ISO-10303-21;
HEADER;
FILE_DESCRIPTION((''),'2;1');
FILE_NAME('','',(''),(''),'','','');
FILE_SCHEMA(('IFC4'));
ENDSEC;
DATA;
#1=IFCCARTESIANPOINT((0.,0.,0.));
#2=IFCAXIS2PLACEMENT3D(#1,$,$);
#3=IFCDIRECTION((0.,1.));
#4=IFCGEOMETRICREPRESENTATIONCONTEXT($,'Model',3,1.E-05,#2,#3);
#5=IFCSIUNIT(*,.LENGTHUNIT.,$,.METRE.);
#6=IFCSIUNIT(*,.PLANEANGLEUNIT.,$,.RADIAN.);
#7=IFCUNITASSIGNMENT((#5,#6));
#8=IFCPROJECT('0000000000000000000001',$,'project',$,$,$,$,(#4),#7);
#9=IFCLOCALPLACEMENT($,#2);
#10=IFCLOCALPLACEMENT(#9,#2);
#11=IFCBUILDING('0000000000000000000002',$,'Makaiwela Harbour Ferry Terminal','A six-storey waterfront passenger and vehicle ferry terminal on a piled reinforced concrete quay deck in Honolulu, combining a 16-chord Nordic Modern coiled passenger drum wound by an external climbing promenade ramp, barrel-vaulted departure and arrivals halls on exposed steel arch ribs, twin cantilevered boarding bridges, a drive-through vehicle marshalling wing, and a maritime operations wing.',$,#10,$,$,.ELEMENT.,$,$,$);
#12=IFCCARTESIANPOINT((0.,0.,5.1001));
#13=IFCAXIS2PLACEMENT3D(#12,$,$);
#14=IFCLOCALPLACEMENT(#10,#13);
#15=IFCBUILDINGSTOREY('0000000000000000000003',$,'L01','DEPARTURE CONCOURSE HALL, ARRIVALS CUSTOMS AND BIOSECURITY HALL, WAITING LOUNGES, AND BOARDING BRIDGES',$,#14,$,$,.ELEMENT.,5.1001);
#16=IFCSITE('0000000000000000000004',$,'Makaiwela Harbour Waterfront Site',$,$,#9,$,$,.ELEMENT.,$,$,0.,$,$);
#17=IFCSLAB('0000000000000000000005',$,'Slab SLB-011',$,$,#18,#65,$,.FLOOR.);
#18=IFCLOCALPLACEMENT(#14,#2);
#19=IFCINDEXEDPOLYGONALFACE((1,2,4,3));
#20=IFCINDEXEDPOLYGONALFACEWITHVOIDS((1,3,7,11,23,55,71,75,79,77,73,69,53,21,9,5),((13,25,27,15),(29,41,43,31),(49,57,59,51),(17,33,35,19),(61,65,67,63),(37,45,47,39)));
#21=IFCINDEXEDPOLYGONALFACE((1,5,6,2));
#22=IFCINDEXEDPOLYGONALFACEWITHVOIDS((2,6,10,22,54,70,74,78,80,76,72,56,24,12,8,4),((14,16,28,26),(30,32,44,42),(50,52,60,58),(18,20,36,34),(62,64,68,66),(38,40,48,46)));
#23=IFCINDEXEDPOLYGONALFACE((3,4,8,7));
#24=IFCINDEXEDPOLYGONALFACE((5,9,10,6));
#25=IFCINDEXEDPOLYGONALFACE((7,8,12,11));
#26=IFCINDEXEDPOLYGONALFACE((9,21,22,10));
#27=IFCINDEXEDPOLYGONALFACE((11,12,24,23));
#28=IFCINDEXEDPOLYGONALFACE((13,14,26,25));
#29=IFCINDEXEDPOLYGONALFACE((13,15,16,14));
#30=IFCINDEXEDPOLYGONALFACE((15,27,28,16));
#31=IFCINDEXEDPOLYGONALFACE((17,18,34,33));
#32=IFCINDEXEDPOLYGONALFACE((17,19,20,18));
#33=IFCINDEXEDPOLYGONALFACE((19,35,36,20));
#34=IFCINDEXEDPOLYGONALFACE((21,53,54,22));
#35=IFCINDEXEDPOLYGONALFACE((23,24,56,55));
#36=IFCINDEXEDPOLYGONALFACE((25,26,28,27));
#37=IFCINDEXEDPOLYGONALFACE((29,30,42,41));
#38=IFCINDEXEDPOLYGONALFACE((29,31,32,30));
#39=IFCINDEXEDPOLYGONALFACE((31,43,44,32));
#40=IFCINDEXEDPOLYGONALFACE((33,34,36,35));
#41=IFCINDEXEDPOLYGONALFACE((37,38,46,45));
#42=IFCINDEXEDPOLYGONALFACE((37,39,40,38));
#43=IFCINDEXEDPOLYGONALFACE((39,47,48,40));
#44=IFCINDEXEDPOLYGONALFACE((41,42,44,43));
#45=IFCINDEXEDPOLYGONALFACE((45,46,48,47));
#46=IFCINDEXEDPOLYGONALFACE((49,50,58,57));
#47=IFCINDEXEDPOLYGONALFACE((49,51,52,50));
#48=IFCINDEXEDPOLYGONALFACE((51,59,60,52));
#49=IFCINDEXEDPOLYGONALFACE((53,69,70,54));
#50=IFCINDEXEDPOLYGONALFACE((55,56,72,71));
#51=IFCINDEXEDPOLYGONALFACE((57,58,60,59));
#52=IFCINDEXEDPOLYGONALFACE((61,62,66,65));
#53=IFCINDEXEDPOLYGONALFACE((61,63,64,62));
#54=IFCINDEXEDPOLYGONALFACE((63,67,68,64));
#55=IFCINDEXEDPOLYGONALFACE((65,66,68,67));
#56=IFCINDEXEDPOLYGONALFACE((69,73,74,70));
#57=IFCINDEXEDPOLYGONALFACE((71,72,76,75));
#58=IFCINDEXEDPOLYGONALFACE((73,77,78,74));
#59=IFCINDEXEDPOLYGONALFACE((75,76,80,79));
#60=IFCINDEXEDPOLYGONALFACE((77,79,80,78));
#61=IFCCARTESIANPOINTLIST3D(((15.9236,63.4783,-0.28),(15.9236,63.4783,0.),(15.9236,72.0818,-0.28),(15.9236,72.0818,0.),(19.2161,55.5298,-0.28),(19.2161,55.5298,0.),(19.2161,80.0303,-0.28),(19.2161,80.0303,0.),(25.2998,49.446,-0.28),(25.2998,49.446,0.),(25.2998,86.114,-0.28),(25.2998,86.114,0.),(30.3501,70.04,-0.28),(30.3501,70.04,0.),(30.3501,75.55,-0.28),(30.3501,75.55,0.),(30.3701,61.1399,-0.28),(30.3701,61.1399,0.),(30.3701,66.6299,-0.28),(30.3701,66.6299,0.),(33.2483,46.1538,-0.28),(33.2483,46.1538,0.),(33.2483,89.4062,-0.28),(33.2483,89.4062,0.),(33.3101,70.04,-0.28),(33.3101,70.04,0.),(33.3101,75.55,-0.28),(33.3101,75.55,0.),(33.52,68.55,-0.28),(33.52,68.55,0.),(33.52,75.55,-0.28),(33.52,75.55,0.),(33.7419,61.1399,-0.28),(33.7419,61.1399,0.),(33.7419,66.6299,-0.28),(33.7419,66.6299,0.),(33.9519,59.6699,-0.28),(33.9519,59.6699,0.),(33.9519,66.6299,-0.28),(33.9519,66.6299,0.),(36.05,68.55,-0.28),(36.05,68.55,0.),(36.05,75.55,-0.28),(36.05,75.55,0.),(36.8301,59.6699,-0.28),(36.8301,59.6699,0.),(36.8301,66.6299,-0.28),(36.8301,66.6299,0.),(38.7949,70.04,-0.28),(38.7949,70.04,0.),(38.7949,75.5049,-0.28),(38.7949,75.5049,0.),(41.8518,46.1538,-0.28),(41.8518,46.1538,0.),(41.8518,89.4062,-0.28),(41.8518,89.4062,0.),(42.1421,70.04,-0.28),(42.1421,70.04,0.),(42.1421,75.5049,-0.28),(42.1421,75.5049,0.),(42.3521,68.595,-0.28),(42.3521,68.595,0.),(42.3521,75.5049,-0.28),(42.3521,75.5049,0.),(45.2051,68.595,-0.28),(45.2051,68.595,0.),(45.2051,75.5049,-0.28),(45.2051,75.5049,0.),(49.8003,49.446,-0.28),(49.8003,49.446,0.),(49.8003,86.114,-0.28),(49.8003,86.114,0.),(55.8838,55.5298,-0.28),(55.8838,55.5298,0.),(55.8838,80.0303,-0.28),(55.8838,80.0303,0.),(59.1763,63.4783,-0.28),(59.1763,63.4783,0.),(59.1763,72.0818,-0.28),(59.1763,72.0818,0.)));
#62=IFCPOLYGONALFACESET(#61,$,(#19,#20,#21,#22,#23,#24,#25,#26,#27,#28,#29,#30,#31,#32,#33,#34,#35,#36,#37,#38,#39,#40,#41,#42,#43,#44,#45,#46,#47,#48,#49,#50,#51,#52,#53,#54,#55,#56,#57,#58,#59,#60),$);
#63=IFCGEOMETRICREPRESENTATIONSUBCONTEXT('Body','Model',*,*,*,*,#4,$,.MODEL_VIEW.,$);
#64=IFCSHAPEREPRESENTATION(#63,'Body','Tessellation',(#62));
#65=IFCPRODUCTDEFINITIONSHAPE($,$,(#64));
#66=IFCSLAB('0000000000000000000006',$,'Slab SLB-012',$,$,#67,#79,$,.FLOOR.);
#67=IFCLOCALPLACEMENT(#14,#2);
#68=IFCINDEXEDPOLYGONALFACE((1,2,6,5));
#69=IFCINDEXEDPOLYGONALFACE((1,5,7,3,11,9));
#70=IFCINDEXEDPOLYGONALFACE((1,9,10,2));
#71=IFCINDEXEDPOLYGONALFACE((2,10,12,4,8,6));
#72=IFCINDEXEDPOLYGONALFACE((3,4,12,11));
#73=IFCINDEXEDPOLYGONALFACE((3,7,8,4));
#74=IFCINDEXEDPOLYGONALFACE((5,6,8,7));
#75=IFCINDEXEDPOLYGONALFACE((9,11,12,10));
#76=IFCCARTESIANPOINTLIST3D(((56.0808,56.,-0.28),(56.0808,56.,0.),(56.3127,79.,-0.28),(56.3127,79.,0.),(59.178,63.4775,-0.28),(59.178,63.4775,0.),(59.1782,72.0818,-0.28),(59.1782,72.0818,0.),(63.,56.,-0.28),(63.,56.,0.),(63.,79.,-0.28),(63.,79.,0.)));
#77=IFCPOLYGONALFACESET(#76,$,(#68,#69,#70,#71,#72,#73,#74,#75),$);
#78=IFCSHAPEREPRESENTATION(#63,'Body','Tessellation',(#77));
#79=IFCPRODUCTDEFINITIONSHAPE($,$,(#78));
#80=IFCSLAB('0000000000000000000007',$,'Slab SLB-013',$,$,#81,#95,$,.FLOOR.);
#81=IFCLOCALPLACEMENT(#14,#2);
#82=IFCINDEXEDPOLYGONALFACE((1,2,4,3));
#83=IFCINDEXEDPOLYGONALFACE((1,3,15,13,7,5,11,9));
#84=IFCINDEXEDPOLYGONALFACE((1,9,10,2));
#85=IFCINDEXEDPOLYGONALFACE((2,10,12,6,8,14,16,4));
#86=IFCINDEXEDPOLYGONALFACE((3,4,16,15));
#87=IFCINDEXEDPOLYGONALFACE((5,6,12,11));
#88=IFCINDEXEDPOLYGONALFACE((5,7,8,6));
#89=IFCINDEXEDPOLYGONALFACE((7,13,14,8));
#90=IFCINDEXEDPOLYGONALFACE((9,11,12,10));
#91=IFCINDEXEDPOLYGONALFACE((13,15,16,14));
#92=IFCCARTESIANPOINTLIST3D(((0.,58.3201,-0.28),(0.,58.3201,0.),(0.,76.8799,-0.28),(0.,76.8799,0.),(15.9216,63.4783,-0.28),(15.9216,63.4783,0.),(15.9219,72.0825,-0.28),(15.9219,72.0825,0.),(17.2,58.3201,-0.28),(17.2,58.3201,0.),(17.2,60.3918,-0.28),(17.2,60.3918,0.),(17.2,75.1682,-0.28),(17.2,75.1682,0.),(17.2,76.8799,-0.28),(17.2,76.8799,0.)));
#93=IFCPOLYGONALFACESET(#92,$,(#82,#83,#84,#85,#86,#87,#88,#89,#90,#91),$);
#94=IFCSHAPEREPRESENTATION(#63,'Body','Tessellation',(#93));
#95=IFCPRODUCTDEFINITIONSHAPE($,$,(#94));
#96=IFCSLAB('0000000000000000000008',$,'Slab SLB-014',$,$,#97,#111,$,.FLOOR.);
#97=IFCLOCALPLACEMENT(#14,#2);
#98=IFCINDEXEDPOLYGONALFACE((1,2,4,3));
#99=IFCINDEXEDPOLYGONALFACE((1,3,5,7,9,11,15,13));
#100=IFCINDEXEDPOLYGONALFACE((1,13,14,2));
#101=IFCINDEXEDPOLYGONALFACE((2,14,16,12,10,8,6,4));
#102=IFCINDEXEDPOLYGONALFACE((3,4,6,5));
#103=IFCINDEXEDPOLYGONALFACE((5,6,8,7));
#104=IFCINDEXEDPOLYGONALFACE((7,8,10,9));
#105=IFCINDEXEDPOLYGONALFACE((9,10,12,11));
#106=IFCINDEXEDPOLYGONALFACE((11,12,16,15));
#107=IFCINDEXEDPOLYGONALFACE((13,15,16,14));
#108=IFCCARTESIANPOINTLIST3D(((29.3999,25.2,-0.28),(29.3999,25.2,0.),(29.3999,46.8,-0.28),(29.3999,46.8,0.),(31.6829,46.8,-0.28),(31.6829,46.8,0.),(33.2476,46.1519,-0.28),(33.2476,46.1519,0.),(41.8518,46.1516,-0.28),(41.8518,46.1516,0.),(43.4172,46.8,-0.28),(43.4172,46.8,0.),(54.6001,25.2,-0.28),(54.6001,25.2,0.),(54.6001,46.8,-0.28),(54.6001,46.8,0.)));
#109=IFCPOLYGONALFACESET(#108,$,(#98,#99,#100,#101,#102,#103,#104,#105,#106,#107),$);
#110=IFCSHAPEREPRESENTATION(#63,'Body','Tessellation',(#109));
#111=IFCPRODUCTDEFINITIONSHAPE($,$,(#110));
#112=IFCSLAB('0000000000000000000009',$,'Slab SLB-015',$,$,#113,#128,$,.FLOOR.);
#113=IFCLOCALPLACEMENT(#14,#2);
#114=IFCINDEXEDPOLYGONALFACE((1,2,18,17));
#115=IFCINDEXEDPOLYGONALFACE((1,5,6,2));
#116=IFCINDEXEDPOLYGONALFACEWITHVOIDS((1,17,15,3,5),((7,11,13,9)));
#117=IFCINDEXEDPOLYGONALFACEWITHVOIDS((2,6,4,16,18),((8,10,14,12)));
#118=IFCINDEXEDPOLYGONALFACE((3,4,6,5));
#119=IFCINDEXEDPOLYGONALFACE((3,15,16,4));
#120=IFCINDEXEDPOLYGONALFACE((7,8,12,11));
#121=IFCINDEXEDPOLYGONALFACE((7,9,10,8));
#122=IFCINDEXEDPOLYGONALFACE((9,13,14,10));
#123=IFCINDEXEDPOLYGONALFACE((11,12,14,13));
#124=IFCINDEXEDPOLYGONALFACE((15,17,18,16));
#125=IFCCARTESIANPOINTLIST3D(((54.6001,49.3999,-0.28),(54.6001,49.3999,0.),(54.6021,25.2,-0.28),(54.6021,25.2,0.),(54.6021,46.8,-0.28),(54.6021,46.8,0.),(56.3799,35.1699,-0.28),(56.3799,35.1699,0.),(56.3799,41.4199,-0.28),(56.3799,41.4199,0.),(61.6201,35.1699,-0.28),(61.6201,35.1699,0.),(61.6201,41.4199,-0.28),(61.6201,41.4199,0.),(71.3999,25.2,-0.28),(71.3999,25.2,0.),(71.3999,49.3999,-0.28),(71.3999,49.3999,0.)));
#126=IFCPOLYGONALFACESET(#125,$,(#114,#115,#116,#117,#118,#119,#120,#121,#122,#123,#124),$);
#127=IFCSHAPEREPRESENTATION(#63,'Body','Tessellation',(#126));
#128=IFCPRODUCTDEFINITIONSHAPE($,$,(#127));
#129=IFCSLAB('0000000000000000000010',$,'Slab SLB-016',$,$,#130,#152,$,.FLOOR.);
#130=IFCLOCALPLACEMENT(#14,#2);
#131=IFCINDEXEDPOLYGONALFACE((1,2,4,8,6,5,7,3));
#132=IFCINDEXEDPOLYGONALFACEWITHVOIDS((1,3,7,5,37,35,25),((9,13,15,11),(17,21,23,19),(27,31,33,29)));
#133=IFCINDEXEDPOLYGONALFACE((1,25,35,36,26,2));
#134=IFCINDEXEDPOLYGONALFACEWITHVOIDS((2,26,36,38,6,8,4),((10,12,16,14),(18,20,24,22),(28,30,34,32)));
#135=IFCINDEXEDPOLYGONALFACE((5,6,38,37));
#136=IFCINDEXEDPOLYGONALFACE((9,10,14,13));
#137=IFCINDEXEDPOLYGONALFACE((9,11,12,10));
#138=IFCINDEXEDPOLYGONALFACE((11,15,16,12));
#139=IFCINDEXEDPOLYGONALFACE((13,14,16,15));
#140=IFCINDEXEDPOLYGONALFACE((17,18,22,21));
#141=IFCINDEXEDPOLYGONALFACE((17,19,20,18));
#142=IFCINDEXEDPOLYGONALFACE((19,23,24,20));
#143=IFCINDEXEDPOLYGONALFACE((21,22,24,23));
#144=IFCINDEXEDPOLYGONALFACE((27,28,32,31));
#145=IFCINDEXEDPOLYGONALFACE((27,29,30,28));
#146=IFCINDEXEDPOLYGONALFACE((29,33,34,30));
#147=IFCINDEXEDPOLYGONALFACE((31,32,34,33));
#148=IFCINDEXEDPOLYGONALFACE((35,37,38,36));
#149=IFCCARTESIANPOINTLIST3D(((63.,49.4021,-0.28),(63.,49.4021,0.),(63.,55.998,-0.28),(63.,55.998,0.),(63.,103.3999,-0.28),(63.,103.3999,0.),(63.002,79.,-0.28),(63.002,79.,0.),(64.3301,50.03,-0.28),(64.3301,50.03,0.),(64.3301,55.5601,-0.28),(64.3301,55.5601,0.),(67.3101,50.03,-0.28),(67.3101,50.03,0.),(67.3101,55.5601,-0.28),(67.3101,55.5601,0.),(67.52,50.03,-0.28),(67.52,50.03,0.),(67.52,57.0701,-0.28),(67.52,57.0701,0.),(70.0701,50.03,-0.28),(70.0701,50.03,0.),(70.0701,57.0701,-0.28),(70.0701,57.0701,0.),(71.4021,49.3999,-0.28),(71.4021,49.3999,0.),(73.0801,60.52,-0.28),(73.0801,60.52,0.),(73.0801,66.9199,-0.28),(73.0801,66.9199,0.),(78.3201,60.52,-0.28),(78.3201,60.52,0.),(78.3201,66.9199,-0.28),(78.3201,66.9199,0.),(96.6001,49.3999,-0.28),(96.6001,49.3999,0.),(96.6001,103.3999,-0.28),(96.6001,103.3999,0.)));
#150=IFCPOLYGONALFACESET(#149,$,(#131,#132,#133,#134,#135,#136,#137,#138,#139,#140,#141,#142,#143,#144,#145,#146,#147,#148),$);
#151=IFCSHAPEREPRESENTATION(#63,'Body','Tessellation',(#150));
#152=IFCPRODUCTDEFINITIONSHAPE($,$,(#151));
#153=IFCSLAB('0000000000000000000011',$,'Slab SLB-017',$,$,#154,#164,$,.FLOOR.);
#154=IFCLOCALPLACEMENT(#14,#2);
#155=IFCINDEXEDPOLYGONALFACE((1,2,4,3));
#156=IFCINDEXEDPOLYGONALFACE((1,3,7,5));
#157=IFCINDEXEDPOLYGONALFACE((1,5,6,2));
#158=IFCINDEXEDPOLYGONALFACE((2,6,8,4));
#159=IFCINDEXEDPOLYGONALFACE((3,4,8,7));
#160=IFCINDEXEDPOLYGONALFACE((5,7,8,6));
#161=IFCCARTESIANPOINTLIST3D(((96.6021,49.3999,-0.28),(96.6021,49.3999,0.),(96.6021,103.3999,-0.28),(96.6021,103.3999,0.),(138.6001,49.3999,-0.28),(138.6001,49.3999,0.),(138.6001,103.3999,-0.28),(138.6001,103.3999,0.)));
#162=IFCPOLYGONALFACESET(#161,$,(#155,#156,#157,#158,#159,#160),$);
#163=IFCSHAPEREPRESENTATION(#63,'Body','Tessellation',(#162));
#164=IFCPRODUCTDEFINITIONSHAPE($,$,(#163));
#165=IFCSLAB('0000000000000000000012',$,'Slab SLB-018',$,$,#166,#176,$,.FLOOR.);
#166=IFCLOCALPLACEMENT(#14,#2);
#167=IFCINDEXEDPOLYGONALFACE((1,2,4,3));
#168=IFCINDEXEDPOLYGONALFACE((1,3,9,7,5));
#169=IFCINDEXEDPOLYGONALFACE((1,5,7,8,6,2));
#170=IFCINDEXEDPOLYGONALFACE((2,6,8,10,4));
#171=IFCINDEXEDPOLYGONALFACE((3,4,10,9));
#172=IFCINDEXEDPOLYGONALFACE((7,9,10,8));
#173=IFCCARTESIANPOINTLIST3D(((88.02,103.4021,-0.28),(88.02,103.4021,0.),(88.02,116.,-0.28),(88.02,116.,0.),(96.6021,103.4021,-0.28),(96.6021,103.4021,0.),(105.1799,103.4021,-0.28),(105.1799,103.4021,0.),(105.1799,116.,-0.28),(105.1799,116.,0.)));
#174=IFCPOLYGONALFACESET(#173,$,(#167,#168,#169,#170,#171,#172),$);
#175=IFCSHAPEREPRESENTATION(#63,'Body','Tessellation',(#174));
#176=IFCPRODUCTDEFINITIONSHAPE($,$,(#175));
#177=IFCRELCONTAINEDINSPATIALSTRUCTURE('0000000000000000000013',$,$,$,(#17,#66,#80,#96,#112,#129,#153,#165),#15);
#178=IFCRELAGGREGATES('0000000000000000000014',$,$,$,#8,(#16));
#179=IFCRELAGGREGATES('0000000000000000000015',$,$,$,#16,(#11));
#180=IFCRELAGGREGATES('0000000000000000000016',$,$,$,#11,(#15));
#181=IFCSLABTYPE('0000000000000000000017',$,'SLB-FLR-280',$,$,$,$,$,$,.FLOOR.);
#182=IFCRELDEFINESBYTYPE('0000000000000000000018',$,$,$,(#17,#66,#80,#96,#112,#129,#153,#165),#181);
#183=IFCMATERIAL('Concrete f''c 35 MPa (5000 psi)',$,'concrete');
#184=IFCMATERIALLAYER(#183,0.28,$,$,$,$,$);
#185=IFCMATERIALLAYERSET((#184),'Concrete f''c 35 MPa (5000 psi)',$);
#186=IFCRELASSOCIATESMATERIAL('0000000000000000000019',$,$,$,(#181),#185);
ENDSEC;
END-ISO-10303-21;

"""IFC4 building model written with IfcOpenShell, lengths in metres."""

from ifc_helpers import new_model, si_unit, direction, frame, origin, place, context, subcontext, project, spatial, polyline, outline, extrude, material, layer, layer_set, type_object, element, save


model = new_model("IFC4")

# Units and contexts
model_context = context("Model", 3, precision=1e-05, world=origin(), true_north=direction((0.0, 1.0)))
body_context = subcontext(model_context, "Body", "Model", "MODEL_VIEW")
ifc_project = project(units=[si_unit("LENGTHUNIT", "METRE"), si_unit("PLANEANGLEUNIT", "RADIAN")], contexts=[model_context])

# Site, building, storey
site_placement = place(None, origin())
site = spatial("IfcSite", under=ifc_project, at=site_placement, Name="Makaiwela Harbour Waterfront Site", CompositionType="ELEMENT", RefElevation=0.0)
building_placement = place(site_placement, origin())
building = spatial("IfcBuilding", under=site, at=building_placement, Name="Makaiwela Harbour Ferry Terminal", Description="A six-storey waterfront passenger and vehicle ferry terminal on a piled reinforced concrete quay deck in Honolulu, combining a 16-chord Nordic Modern coiled passenger drum wound by an external climbing promenade ramp, barrel-vaulted departure and arrivals halls on exposed steel arch ribs, twin cantilevered boarding bridges, a drive-through vehicle marshalling wing, and a maritime operations wing.", CompositionType="ELEMENT")
storey_placement = place(building_placement, frame((0.0, 0.0, 5.1001)))
storey = spatial("IfcBuildingStorey", under=building, at=storey_placement, Name="L01", Description="DEPARTURE CONCOURSE HALL, ARRIVALS CUSTOMS AND BIOSECURITY HALL, WAITING LOUNGES, AND BOARDING BRIDGES", CompositionType="ELEMENT", Elevation=5.1001)

# Slabs
ifc_material_1 = material(Name="Concrete f'c 35 MPa (5000 psi)", Category="concrete")
ifc_layer_1 = layer(ifc_material_1, 0.28)
ifc_layer_set_1 = layer_set([ifc_layer_1], Name="Concrete f'c 35 MPa (5000 psi)")
slab_type_1 = type_object("IfcSlabType", Name="SLB-FLR-280", PredefinedType="FLOOR", material=ifc_layer_set_1)
slab_1_placement = place(storey_placement, frame((0.0, 0.0, -0.28)))
element("IfcSlab", 1, at=slab_1_placement, inside=storey, type_object=slab_type_1, Name="Slab SLB-011", PredefinedType="FLOOR", context=body_context, shape_type="SweptSolid", body=[
    extrude(outline(polyline([(59.1763, 72.0818), (55.8838, 80.0303), (49.8003, 86.114), (41.8518, 89.4062), (33.2483, 89.4062), (25.2998, 86.114), (19.2161, 80.0303), (15.9236, 72.0818), (15.9236, 63.4783), (19.2161, 55.5298), (25.2998, 49.446), (33.2483, 46.1538), (41.8518, 46.1538), (49.8003, 49.446), (55.8838, 55.5298), (59.1763, 63.4783), (59.1763, 72.0818)]), holes=[polyline([(38.7949, 70.04), (38.7949, 75.5049), (42.1421, 75.5049), (42.1421, 70.04), (38.7949, 70.04)]), polyline([(42.3521, 68.595), (42.3521, 75.5049), (45.2051, 75.5049), (45.2051, 68.595), (42.3521, 68.595)]), polyline([(30.3701, 61.1399), (30.3701, 66.6299), (33.7419, 66.6299), (33.7419, 61.1399), (30.3701, 61.1399)]), polyline([(33.9519, 59.6699), (33.9519, 66.6299), (36.8301, 66.6299), (36.8301, 59.6699), (33.9519, 59.6699)]), polyline([(30.3501, 70.04), (30.3501, 75.55), (33.3101, 75.55), (33.3101, 70.04), (30.3501, 70.04)]), polyline([(33.52, 68.55), (33.52, 75.55), (36.05, 75.55), (36.05, 68.55), (33.52, 68.55)])]), origin(), (0.0, 0.0, 1.0), 0.28),
])
slab_2_placement = place(storey_placement, frame((0.0, 0.0, -0.28)))
element("IfcSlab", 2, at=slab_2_placement, inside=storey, type_object=slab_type_1, Name="Slab SLB-012", PredefinedType="FLOOR", context=body_context, shape_type="SweptSolid", body=[
    extrude(outline(polyline([(56.3127, 79.0), (59.1782, 72.0818), (59.178, 63.4775), (56.0808, 56.0), (63.0, 56.0), (63.0, 79.0), (56.3127, 79.0)])), origin(), (0.0, 0.0, 1.0), 0.28),
])
slab_3_placement = place(storey_placement, frame((0.0, 0.0, -0.28)))
element("IfcSlab", 3, at=slab_3_placement, inside=storey, type_object=slab_type_1, Name="Slab SLB-013", PredefinedType="FLOOR", context=body_context, shape_type="SweptSolid", body=[
    extrude(outline(polyline([(17.2, 60.3918), (15.9216, 63.4783), (15.9219, 72.0825), (17.2, 75.1682), (17.2, 76.8799), (0.0, 76.8799), (0.0, 58.3201), (17.2, 58.3201), (17.2, 60.3918)])), origin(), (0.0, 0.0, 1.0), 0.28),
])
slab_4_placement = place(storey_placement, frame((0.0, 0.0, -0.28)))
element("IfcSlab", 4, at=slab_4_placement, inside=storey, type_object=slab_type_1, Name="Slab SLB-014", PredefinedType="FLOOR", context=body_context, shape_type="SweptSolid", body=[
    extrude(outline(polyline([(43.4172, 46.8), (41.8518, 46.1516), (33.2476, 46.1519), (31.6829, 46.8), (29.3999, 46.8), (29.3999, 25.2), (54.6001, 25.2), (54.6001, 46.8), (43.4172, 46.8)])), origin(), (0.0, 0.0, 1.0), 0.28),
])
slab_5_placement = place(storey_placement, frame((0.0, 0.0, -0.28)))
element("IfcSlab", 5, at=slab_5_placement, inside=storey, type_object=slab_type_1, Name="Slab SLB-015", PredefinedType="FLOOR", context=body_context, shape_type="SweptSolid", body=[
    extrude(outline(polyline([(54.6021, 46.8), (54.6021, 25.2), (71.3999, 25.2), (71.3999, 49.3999), (54.6001, 49.3999), (54.6021, 46.8)]), holes=[polyline([(56.3799, 35.1699), (56.3799, 41.4199), (61.6201, 41.4199), (61.6201, 35.1699), (56.3799, 35.1699)])]), origin(), (0.0, 0.0, 1.0), 0.28),
])
slab_6_placement = place(storey_placement, frame((0.0, 0.0, -0.28)))
element("IfcSlab", 6, at=slab_6_placement, inside=storey, type_object=slab_type_1, Name="Slab SLB-016", PredefinedType="FLOOR", context=body_context, shape_type="SweptSolid", body=[
    extrude(outline(polyline([(63.002, 79.0), (63.0, 55.998), (63.0, 49.4021), (71.4021, 49.3999), (96.6001, 49.3999), (96.6001, 103.3999), (63.0, 103.3999), (63.002, 79.0)]), holes=[polyline([(64.3301, 50.03), (64.3301, 55.5601), (67.3101, 55.5601), (67.3101, 50.03), (64.3301, 50.03)]), polyline([(67.52, 50.03), (67.52, 57.0701), (70.0701, 57.0701), (70.0701, 50.03), (67.52, 50.03)]), polyline([(73.0801, 60.52), (73.0801, 66.9199), (78.3201, 66.9199), (78.3201, 60.52), (73.0801, 60.52)])]), origin(), (0.0, 0.0, 1.0), 0.28),
])
slab_7_placement = place(storey_placement, frame((0.0, 0.0, -0.28)))
element("IfcSlab", 7, at=slab_7_placement, inside=storey, type_object=slab_type_1, Name="Slab SLB-017", PredefinedType="FLOOR", context=body_context, shape_type="SweptSolid", body=[
    extrude(outline(polyline([(96.6021, 103.3999), (96.6021, 49.3999), (138.6001, 49.3999), (138.6001, 103.3999), (96.6021, 103.3999)])), origin(), (0.0, 0.0, 1.0), 0.28),
])
slab_8_placement = place(storey_placement, frame((0.0, 0.0, -0.28)))
element("IfcSlab", 8, at=slab_8_placement, inside=storey, type_object=slab_type_1, Name="Slab SLB-018", PredefinedType="FLOOR", context=body_context, shape_type="SweptSolid", body=[
    extrude(outline(polyline([(88.02, 103.4021), (96.6021, 103.4021), (105.1799, 103.4021), (105.1799, 116.0), (88.02, 116.0), (88.02, 103.4021)])), origin(), (0.0, 0.0, 1.0), 0.28),
])

save(model, "model.ifc")
